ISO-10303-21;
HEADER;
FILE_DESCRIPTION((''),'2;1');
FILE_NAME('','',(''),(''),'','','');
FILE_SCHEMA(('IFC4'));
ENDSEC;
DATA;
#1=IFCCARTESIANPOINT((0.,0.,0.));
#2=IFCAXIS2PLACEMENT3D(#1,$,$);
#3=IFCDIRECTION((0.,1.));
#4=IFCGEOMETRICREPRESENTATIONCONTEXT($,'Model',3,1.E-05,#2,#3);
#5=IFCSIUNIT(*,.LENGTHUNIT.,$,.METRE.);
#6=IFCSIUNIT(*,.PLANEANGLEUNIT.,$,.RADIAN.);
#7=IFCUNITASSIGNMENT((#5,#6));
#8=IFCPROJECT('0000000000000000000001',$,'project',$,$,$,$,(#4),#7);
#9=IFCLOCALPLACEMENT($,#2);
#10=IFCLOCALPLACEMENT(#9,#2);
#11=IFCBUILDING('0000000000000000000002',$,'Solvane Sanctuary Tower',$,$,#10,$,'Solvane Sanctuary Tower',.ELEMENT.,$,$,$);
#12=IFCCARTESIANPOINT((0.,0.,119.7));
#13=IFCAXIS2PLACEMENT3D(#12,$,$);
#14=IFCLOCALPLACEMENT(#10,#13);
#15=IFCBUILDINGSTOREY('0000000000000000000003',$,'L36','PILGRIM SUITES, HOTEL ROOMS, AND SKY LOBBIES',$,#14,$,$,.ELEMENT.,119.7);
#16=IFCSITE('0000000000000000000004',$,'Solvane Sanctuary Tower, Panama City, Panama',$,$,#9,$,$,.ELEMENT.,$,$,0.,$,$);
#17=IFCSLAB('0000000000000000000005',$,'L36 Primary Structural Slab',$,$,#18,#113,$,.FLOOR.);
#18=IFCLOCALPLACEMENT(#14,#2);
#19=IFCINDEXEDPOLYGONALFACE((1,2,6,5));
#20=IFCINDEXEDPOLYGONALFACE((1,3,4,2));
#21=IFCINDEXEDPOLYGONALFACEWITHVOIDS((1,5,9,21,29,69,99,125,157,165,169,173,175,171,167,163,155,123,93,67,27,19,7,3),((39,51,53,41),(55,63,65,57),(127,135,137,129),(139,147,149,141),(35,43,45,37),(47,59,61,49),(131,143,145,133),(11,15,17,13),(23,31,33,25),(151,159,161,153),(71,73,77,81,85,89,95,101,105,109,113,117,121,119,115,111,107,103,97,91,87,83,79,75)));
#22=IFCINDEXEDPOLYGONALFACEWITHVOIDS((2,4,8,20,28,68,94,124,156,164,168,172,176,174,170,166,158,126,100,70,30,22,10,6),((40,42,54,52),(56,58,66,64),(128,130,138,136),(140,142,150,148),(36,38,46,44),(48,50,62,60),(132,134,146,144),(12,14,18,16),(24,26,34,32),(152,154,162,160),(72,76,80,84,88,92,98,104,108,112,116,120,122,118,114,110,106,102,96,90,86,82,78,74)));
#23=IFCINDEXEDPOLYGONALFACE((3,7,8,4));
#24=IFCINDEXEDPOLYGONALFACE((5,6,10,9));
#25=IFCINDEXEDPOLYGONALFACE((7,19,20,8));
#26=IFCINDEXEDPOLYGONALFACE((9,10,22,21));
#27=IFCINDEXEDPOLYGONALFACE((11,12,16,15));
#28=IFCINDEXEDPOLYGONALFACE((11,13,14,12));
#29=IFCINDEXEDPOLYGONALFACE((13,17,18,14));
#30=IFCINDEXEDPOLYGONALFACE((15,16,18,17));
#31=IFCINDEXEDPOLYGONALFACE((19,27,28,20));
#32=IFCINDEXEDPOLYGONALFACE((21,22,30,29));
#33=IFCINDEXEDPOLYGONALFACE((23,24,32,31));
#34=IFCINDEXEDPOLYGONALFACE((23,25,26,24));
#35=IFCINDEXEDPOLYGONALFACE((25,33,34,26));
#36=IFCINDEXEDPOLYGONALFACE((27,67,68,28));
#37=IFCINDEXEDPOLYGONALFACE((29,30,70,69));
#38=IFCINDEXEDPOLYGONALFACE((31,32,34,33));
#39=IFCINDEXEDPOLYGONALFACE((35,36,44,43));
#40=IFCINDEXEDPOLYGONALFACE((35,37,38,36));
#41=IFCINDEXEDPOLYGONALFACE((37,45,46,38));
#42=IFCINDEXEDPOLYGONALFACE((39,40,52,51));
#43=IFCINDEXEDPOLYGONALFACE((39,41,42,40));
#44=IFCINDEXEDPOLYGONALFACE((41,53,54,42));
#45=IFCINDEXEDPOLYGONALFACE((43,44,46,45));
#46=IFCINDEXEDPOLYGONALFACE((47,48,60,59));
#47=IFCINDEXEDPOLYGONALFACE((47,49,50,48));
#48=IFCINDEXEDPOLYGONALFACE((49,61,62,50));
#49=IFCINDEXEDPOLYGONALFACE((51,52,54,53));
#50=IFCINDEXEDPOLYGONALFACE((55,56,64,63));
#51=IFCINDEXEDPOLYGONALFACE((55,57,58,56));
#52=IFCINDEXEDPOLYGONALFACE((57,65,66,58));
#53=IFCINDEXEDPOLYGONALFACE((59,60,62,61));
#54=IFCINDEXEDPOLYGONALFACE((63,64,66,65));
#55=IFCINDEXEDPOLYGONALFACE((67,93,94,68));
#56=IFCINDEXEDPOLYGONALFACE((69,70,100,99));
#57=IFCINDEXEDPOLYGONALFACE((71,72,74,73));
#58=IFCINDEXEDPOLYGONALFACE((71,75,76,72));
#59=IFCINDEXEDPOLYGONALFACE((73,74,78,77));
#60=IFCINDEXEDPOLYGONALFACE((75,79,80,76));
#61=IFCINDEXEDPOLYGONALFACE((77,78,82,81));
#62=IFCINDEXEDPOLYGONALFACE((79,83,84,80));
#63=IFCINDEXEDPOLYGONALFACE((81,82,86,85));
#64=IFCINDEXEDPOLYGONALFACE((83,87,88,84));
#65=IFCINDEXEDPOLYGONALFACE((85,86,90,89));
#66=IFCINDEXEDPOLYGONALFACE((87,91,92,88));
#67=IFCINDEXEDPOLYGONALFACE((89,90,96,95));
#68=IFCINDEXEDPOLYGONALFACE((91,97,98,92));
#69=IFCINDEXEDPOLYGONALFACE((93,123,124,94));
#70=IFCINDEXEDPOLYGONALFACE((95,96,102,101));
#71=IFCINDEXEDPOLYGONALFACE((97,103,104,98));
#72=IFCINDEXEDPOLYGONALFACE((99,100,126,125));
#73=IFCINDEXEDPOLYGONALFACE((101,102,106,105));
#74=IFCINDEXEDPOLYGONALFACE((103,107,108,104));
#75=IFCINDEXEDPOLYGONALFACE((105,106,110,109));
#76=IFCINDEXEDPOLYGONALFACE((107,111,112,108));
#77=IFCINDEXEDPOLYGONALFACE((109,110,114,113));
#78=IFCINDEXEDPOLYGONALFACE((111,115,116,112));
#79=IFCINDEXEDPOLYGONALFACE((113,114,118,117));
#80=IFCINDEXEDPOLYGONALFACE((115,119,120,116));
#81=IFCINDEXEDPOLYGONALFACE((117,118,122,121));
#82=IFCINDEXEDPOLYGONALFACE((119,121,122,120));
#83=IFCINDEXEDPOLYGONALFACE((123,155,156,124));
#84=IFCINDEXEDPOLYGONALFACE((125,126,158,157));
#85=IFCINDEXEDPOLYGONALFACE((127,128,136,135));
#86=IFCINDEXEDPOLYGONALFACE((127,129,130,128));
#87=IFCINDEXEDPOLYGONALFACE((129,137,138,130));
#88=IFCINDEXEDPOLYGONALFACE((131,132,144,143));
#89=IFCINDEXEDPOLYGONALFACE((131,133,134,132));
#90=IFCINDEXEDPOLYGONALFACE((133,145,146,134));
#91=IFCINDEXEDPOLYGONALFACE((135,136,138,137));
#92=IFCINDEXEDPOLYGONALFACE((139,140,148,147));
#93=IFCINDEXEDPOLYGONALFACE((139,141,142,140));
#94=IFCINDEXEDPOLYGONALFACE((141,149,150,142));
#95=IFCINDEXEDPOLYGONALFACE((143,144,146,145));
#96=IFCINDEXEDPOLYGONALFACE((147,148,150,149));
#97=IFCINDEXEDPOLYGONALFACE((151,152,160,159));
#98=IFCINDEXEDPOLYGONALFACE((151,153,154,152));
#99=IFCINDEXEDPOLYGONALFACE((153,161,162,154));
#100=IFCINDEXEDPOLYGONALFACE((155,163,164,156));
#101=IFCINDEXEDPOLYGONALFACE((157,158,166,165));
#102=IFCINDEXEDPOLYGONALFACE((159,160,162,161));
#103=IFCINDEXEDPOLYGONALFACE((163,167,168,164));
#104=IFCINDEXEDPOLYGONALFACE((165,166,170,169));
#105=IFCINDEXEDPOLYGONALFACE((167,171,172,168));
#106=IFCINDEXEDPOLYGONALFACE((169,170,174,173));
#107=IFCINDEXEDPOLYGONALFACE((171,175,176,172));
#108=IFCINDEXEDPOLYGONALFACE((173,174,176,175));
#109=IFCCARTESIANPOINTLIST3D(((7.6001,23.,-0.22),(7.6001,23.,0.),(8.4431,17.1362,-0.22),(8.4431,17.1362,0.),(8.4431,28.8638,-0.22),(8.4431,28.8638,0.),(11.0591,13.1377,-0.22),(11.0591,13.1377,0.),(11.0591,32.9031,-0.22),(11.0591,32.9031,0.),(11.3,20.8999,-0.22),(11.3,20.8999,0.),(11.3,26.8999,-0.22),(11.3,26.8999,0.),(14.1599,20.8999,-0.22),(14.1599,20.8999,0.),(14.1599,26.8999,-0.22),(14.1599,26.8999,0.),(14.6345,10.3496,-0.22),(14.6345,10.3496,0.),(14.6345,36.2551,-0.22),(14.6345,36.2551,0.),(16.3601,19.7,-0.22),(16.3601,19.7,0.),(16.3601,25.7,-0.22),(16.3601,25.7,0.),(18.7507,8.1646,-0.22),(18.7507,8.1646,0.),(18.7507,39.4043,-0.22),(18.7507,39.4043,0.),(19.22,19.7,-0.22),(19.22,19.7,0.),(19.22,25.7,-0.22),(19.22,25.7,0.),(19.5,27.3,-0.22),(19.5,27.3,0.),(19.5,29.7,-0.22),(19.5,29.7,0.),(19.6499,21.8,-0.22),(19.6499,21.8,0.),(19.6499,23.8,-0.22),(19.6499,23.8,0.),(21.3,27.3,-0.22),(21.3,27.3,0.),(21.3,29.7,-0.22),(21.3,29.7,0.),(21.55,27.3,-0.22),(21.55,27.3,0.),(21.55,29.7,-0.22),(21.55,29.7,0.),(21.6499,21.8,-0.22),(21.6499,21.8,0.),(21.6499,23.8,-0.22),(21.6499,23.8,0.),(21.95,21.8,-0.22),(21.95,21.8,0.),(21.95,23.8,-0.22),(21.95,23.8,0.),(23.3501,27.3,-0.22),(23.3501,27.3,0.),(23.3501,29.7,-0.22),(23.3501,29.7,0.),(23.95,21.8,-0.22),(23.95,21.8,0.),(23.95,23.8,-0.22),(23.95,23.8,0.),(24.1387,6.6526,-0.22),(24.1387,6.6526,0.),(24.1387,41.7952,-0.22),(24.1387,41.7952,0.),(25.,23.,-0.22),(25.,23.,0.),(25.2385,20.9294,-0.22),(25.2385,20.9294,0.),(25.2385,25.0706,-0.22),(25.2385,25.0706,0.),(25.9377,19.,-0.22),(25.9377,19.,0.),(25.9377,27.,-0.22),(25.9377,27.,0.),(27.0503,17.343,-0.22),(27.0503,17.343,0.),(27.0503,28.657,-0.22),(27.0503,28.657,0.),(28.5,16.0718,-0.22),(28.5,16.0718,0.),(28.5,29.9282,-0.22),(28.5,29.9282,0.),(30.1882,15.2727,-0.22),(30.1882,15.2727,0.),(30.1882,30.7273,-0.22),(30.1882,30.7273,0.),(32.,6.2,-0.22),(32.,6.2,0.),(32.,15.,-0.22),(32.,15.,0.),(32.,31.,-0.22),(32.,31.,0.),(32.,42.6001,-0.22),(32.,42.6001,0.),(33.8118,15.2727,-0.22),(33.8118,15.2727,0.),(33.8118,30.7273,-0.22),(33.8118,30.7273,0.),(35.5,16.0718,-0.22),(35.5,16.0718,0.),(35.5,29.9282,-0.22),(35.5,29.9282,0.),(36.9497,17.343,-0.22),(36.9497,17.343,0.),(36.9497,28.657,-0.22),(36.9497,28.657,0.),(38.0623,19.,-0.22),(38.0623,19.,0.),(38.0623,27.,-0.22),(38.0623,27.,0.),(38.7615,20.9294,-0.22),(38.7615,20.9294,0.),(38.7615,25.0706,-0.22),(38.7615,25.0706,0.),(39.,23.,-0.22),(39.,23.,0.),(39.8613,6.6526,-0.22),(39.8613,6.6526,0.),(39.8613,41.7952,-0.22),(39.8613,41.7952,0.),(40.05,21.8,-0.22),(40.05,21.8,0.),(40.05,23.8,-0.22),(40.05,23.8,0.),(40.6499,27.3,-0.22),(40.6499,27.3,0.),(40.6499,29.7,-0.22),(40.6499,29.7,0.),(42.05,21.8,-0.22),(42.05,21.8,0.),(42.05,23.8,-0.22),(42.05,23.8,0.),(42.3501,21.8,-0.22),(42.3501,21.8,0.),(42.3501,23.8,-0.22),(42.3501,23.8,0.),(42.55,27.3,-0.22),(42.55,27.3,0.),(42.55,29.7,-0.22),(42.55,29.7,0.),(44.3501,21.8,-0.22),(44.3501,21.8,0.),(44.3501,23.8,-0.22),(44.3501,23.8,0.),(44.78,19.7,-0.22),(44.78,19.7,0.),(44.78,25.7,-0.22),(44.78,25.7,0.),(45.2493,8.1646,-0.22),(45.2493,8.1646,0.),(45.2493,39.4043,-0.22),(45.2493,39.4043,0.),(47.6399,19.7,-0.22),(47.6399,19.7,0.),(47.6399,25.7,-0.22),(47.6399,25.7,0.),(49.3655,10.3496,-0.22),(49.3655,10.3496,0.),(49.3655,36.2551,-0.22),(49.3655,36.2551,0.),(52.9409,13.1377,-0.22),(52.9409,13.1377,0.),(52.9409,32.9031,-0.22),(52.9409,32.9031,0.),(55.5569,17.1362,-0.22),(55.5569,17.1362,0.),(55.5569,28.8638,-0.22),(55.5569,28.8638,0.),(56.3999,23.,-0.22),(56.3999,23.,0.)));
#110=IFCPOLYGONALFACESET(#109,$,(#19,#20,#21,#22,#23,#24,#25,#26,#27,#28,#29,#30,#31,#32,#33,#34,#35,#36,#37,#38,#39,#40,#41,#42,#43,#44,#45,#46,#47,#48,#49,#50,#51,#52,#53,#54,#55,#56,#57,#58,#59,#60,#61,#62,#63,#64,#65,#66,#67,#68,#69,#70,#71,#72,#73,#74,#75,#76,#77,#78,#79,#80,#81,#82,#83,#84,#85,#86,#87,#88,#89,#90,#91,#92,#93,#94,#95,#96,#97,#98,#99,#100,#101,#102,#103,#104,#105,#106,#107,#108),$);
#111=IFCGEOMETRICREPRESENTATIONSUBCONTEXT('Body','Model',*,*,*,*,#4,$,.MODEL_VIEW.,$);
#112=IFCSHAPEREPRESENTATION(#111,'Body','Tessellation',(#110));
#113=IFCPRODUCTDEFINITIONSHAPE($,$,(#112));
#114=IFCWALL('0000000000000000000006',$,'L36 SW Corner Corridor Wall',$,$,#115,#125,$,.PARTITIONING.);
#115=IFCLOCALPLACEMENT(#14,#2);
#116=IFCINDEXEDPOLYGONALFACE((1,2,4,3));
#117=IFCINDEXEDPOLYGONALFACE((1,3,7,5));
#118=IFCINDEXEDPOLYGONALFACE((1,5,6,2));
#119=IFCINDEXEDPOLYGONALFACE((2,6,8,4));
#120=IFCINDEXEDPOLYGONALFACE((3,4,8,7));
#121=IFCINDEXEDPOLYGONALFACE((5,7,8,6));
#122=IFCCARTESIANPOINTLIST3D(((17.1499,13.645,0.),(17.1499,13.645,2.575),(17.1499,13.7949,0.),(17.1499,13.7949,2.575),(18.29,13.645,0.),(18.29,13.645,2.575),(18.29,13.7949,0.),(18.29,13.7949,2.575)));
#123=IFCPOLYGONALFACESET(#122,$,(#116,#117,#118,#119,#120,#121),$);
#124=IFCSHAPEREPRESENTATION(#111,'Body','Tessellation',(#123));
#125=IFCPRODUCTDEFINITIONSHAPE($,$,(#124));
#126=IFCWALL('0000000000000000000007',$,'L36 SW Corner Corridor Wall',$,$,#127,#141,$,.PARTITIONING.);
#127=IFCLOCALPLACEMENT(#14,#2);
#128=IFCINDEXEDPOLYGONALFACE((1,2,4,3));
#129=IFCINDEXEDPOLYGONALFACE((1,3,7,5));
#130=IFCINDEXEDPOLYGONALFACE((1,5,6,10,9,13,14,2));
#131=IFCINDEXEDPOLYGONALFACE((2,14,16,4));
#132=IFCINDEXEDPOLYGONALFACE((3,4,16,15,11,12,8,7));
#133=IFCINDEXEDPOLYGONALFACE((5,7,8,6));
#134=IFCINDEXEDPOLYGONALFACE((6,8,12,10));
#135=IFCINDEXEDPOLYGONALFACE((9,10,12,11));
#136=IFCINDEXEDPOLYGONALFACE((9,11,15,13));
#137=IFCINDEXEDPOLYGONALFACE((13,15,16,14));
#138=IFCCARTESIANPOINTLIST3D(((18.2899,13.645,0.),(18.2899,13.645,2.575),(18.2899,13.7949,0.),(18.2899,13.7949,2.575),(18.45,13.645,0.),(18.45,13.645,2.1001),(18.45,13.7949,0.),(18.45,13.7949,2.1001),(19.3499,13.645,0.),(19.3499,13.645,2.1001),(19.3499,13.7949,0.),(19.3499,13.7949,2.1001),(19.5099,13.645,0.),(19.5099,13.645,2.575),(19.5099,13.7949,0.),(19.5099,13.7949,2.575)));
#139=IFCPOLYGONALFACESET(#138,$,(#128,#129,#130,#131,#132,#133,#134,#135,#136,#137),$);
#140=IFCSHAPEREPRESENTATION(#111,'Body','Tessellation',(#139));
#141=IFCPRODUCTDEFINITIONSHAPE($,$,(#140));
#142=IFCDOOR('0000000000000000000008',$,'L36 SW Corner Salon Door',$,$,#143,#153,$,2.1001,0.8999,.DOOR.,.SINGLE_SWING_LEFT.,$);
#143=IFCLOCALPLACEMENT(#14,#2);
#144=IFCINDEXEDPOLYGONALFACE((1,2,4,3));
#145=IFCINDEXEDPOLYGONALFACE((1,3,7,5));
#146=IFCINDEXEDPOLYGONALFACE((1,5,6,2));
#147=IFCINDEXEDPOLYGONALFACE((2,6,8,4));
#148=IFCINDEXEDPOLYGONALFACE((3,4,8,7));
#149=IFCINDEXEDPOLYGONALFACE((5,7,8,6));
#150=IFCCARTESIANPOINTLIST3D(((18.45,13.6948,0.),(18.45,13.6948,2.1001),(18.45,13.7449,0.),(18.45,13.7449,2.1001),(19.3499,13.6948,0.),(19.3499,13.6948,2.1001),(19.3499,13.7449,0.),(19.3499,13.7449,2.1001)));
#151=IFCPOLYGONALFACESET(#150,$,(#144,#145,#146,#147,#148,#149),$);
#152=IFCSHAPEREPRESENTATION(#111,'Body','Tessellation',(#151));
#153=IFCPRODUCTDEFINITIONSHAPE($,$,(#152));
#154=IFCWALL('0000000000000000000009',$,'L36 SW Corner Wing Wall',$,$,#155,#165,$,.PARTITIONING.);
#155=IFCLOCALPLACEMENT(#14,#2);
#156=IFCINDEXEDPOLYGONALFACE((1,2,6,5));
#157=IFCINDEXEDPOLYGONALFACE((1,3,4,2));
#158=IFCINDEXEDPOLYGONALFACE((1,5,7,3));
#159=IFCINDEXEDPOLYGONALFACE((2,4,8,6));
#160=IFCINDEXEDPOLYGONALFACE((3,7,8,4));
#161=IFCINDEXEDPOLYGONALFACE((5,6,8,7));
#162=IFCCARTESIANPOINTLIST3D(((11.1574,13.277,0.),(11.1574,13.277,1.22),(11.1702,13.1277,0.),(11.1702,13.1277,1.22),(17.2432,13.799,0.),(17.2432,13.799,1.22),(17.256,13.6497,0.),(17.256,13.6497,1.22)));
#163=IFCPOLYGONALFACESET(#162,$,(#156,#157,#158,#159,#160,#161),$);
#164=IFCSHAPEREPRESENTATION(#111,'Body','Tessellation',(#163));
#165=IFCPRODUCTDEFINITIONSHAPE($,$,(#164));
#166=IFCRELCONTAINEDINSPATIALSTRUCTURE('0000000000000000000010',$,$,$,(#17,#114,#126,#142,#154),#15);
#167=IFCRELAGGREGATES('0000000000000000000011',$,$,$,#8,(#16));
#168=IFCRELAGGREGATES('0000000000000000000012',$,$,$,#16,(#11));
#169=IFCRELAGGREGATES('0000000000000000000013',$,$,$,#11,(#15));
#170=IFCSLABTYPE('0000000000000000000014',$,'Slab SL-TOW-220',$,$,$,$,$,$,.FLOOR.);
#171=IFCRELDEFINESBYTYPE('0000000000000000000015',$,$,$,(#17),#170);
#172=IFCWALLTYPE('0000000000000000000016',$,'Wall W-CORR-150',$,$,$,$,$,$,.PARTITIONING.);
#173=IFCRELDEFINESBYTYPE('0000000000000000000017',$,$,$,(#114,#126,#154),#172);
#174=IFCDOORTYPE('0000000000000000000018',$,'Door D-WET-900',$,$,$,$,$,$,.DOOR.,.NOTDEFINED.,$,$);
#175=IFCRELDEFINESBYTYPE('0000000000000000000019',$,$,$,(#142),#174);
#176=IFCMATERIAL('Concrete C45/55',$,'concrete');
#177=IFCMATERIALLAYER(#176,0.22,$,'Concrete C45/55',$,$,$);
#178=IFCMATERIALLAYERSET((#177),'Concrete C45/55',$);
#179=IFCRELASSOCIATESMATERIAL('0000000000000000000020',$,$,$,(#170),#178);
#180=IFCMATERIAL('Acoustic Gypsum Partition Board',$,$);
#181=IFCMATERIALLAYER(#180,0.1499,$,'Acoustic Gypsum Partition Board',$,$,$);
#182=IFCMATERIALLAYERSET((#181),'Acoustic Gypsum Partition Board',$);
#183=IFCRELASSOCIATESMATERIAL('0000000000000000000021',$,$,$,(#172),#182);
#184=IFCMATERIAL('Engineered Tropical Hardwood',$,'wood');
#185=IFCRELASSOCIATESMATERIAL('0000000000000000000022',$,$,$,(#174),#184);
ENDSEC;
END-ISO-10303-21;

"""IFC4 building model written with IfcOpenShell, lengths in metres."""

from ifc_helpers import new_model, si_unit, direction, frame, frame_2d, origin, place, context, subcontext, project, spatial, polyline, rectangle, outline, extrude, material, layer, layer_set, type_object, element, fill, save


model = new_model("IFC4")

# Units and contexts
model_context = context("Model", 3, precision=1e-05, world=origin(), true_north=direction((0.0, 1.0)))
body_context = subcontext(model_context, "Body", "Model", "MODEL_VIEW")
ifc_project = project(units=[si_unit("LENGTHUNIT", "METRE"), si_unit("PLANEANGLEUNIT", "RADIAN")], contexts=[model_context])

# Site, building, storey
site_placement = place(None, origin())
site = spatial("IfcSite", under=ifc_project, at=site_placement, Name="Solvane Sanctuary Tower, Panama City, Panama", CompositionType="ELEMENT", RefElevation=0.0)
building_placement = place(site_placement, origin())
building = spatial("IfcBuilding", under=site, at=building_placement, Name="Solvane Sanctuary Tower", LongName="Solvane Sanctuary Tower", CompositionType="ELEMENT")
storey_placement = place(building_placement, frame((0.0, 0.0, 119.7)))
storey = spatial("IfcBuildingStorey", under=building, at=storey_placement, Name="L36", Description="PILGRIM SUITES, HOTEL ROOMS, AND SKY LOBBIES", CompositionType="ELEMENT", Elevation=119.7)

# Shared definitions
ifc_material_1 = material(Name="Concrete C45/55", Category="concrete")

# Slab
ifc_layer_1 = layer(ifc_material_1, 0.22, Name="Concrete C45/55")
ifc_layer_set_1 = layer_set([ifc_layer_1], Name="Concrete C45/55")
slab_type_1 = type_object("IfcSlabType", Name="Slab SL-TOW-220", PredefinedType="FLOOR", material=ifc_layer_set_1)
slab_1_placement = place(storey_placement, frame((0.0, 0.0, -0.22)))
element("IfcSlab", 1, at=slab_1_placement, inside=storey, type_object=slab_type_1, Name="L36 Primary Structural Slab", PredefinedType="FLOOR", context=body_context, shape_type="SweptSolid", body=[
    extrude(outline(polyline([(56.3999, 23.0), (55.5569, 28.8638), (52.9409, 32.9031), (49.3655, 36.2551), (45.2493, 39.4043), (39.8613, 41.7952), (32.0, 42.6001), (24.1387, 41.7952), (18.7507, 39.4043), (14.6345, 36.2551), (11.0591, 32.9031), (8.4431, 28.8638), (7.6001, 23.0), (8.4431, 17.1362), (11.0591, 13.1377), (14.6345, 10.3496), (18.7507, 8.1646), (24.1387, 6.6526), (32.0, 6.2), (39.8613, 6.6526), (45.2493, 8.1646), (49.3655, 10.3496), (52.9409, 13.1377), (55.5569, 17.1362), (56.3999, 23.0)]), holes=[polyline([(38.7615, 20.9294), (38.0623, 19.0), (36.9497, 17.343), (35.5, 16.0718), (33.8118, 15.2727), (32.0, 15.0), (30.1882, 15.2727), (28.5, 16.0718), (27.0503, 17.343), (25.9377, 19.0), (25.2385, 20.9294), (25.0, 23.0), (25.2385, 25.0706), (25.9377, 27.0), (27.0503, 28.657), (28.5, 29.9282), (30.1882, 30.7273), (32.0, 31.0), (33.8118, 30.7273), (35.5, 29.9282), (36.9497, 28.657), (38.0623, 27.0), (38.7615, 25.0706), (39.0, 23.0), (38.7615, 20.9294)]), polyline([(16.3601, 19.7), (16.3601, 25.7), (19.22, 25.7), (19.22, 19.7), (16.3601, 19.7)]), polyline([(44.78, 19.7), (44.78, 25.7), (47.6399, 25.7), (47.6399, 19.7), (44.78, 19.7)]), polyline([(11.3, 20.8999), (11.3, 26.8999), (14.1599, 26.8999), (14.1599, 20.8999), (11.3, 20.8999)]), polyline([(19.6499, 23.8), (21.6499, 23.8), (21.6499, 21.8), (19.6499, 21.8), (19.6499, 23.8)]), polyline([(42.3501, 23.8), (44.3501, 23.8), (44.3501, 21.8), (42.3501, 21.8), (42.3501, 23.8)]), polyline([(21.95, 23.8), (23.95, 23.8), (23.95, 21.8), (21.95, 21.8), (21.95, 23.8)]), polyline([(40.05, 23.8), (42.05, 23.8), (42.05, 21.8), (40.05, 21.8), (40.05, 23.8)]), polyline([(19.5, 29.7), (21.3, 29.7), (21.3, 27.3), (19.5, 27.3), (19.5, 29.7)]), polyline([(21.55, 29.7), (23.3501, 29.7), (23.3501, 27.3), (21.55, 27.3), (21.55, 29.7)]), polyline([(40.6499, 29.7), (42.55, 29.7), (42.55, 27.3), (40.6499, 27.3), (40.6499, 29.7)])]), origin(), (0.0, 0.0, 1.0), 0.22),
])

# Wall
ifc_material_2 = material(Name="Acoustic Gypsum Partition Board")
ifc_layer_2 = layer(ifc_material_2, 0.1499, Name="Acoustic Gypsum Partition Board")
ifc_layer_set_2 = layer_set([ifc_layer_2], Name="Acoustic Gypsum Partition Board")
wall_type_1 = type_object("IfcWallType", Name="Wall W-CORR-150", PredefinedType="PARTITIONING", material=ifc_layer_set_2)
wall_1_placement = place(storey_placement, frame((17.1499, 13.72, 0.0), z_axis=(0.0, 0.0, 1.0), x_axis=(1.0, 0.0, 0.0)))
element("IfcWall", 2, at=wall_1_placement, inside=storey, type_object=wall_type_1, Name="L36 SW Corner Corridor Wall", PredefinedType="PARTITIONING", context=body_context, shape_type="SweptSolid", body=[
    extrude(rectangle(XDim=1.1401, YDim=0.1499, at=frame_2d((0.5701, 0.0))), origin(), (0.0, 0.0, 1.0), 2.575),
])

# Wall, opening, door
wall_2_placement = place(storey_placement, frame((18.29, 13.72, 0.0), z_axis=(0.0, 0.0, 1.0), x_axis=(1.0, 0.0, 0.0)))
wall_2 = element("IfcWall", 3, at=wall_2_placement, inside=storey, type_object=wall_type_1, Name="L36 SW Corner Corridor Wall", PredefinedType="PARTITIONING", context=body_context, shape_type="SweptSolid", body=[
    extrude(rectangle(XDim=1.22, YDim=0.1499, at=frame_2d((0.6099, 0.0))), origin(), (0.0, 0.0, 1.0), 2.575),
])
opening_1_placement = place(wall_2_placement, frame((0.1599, 0.0, 0.0)))
opening_1 = element("IfcOpeningElement", 4, at=opening_1_placement, cuts=wall_2, PredefinedType="OPENING", context=body_context, shape_type="SweptSolid", body=[
    extrude(rectangle(XDim=0.8999, YDim=2.1001, at=frame_2d((0.45, 1.05))), frame((0.0, 0.085, 0.0), z_axis=(0.0, -1.0, 0.0), x_axis=(1.0, 0.0, 0.0)), (0.0, 0.0, 1.0), 0.1699),
])
ifc_material_3 = material(Name="Engineered Tropical Hardwood", Category="wood")
door_type = type_object("IfcDoorType", Name="Door D-WET-900", OperationType="NOTDEFINED", PredefinedType="DOOR", material=ifc_material_3)
door_placement = place(opening_1_placement, origin())
door = element("IfcDoor", 5, at=door_placement, inside=storey, type_object=door_type, Name="L36 SW Corner Salon Door", OperationType="SINGLE_SWING_LEFT", OverallHeight=2.1001, OverallWidth=0.8999, PredefinedType="DOOR", context=body_context, shape_type="SweptSolid", body=[
    extrude(rectangle(XDim=0.8999, YDim=2.1001, at=frame_2d((0.45, 1.05))), frame((0.0, 0.0249, 0.0), z_axis=(0.0, -1.0, 0.0), x_axis=(1.0, 0.0, 0.0)), (0.0, 0.0, 1.0), 0.05),
])
fill(opening_1, door)

# Wall
wall_3_placement = place(storey_placement, frame((17.2498, 13.7244, 0.0), z_axis=(0.0, 0.0, 1.0), x_axis=(-0.996342, -0.085457, 0.0)))
element("IfcWall", 6, at=wall_3_placement, inside=storey, type_object=wall_type_1, Name="L36 SW Corner Wing Wall", PredefinedType="PARTITIONING", context=body_context, shape_type="SweptSolid", body=[
    extrude(rectangle(XDim=6.1082, YDim=0.1499, at=frame_2d((3.0542, 0.0))), origin(), (0.0, 0.0, 1.0), 1.22),
])

save(model, "model.ifc")
